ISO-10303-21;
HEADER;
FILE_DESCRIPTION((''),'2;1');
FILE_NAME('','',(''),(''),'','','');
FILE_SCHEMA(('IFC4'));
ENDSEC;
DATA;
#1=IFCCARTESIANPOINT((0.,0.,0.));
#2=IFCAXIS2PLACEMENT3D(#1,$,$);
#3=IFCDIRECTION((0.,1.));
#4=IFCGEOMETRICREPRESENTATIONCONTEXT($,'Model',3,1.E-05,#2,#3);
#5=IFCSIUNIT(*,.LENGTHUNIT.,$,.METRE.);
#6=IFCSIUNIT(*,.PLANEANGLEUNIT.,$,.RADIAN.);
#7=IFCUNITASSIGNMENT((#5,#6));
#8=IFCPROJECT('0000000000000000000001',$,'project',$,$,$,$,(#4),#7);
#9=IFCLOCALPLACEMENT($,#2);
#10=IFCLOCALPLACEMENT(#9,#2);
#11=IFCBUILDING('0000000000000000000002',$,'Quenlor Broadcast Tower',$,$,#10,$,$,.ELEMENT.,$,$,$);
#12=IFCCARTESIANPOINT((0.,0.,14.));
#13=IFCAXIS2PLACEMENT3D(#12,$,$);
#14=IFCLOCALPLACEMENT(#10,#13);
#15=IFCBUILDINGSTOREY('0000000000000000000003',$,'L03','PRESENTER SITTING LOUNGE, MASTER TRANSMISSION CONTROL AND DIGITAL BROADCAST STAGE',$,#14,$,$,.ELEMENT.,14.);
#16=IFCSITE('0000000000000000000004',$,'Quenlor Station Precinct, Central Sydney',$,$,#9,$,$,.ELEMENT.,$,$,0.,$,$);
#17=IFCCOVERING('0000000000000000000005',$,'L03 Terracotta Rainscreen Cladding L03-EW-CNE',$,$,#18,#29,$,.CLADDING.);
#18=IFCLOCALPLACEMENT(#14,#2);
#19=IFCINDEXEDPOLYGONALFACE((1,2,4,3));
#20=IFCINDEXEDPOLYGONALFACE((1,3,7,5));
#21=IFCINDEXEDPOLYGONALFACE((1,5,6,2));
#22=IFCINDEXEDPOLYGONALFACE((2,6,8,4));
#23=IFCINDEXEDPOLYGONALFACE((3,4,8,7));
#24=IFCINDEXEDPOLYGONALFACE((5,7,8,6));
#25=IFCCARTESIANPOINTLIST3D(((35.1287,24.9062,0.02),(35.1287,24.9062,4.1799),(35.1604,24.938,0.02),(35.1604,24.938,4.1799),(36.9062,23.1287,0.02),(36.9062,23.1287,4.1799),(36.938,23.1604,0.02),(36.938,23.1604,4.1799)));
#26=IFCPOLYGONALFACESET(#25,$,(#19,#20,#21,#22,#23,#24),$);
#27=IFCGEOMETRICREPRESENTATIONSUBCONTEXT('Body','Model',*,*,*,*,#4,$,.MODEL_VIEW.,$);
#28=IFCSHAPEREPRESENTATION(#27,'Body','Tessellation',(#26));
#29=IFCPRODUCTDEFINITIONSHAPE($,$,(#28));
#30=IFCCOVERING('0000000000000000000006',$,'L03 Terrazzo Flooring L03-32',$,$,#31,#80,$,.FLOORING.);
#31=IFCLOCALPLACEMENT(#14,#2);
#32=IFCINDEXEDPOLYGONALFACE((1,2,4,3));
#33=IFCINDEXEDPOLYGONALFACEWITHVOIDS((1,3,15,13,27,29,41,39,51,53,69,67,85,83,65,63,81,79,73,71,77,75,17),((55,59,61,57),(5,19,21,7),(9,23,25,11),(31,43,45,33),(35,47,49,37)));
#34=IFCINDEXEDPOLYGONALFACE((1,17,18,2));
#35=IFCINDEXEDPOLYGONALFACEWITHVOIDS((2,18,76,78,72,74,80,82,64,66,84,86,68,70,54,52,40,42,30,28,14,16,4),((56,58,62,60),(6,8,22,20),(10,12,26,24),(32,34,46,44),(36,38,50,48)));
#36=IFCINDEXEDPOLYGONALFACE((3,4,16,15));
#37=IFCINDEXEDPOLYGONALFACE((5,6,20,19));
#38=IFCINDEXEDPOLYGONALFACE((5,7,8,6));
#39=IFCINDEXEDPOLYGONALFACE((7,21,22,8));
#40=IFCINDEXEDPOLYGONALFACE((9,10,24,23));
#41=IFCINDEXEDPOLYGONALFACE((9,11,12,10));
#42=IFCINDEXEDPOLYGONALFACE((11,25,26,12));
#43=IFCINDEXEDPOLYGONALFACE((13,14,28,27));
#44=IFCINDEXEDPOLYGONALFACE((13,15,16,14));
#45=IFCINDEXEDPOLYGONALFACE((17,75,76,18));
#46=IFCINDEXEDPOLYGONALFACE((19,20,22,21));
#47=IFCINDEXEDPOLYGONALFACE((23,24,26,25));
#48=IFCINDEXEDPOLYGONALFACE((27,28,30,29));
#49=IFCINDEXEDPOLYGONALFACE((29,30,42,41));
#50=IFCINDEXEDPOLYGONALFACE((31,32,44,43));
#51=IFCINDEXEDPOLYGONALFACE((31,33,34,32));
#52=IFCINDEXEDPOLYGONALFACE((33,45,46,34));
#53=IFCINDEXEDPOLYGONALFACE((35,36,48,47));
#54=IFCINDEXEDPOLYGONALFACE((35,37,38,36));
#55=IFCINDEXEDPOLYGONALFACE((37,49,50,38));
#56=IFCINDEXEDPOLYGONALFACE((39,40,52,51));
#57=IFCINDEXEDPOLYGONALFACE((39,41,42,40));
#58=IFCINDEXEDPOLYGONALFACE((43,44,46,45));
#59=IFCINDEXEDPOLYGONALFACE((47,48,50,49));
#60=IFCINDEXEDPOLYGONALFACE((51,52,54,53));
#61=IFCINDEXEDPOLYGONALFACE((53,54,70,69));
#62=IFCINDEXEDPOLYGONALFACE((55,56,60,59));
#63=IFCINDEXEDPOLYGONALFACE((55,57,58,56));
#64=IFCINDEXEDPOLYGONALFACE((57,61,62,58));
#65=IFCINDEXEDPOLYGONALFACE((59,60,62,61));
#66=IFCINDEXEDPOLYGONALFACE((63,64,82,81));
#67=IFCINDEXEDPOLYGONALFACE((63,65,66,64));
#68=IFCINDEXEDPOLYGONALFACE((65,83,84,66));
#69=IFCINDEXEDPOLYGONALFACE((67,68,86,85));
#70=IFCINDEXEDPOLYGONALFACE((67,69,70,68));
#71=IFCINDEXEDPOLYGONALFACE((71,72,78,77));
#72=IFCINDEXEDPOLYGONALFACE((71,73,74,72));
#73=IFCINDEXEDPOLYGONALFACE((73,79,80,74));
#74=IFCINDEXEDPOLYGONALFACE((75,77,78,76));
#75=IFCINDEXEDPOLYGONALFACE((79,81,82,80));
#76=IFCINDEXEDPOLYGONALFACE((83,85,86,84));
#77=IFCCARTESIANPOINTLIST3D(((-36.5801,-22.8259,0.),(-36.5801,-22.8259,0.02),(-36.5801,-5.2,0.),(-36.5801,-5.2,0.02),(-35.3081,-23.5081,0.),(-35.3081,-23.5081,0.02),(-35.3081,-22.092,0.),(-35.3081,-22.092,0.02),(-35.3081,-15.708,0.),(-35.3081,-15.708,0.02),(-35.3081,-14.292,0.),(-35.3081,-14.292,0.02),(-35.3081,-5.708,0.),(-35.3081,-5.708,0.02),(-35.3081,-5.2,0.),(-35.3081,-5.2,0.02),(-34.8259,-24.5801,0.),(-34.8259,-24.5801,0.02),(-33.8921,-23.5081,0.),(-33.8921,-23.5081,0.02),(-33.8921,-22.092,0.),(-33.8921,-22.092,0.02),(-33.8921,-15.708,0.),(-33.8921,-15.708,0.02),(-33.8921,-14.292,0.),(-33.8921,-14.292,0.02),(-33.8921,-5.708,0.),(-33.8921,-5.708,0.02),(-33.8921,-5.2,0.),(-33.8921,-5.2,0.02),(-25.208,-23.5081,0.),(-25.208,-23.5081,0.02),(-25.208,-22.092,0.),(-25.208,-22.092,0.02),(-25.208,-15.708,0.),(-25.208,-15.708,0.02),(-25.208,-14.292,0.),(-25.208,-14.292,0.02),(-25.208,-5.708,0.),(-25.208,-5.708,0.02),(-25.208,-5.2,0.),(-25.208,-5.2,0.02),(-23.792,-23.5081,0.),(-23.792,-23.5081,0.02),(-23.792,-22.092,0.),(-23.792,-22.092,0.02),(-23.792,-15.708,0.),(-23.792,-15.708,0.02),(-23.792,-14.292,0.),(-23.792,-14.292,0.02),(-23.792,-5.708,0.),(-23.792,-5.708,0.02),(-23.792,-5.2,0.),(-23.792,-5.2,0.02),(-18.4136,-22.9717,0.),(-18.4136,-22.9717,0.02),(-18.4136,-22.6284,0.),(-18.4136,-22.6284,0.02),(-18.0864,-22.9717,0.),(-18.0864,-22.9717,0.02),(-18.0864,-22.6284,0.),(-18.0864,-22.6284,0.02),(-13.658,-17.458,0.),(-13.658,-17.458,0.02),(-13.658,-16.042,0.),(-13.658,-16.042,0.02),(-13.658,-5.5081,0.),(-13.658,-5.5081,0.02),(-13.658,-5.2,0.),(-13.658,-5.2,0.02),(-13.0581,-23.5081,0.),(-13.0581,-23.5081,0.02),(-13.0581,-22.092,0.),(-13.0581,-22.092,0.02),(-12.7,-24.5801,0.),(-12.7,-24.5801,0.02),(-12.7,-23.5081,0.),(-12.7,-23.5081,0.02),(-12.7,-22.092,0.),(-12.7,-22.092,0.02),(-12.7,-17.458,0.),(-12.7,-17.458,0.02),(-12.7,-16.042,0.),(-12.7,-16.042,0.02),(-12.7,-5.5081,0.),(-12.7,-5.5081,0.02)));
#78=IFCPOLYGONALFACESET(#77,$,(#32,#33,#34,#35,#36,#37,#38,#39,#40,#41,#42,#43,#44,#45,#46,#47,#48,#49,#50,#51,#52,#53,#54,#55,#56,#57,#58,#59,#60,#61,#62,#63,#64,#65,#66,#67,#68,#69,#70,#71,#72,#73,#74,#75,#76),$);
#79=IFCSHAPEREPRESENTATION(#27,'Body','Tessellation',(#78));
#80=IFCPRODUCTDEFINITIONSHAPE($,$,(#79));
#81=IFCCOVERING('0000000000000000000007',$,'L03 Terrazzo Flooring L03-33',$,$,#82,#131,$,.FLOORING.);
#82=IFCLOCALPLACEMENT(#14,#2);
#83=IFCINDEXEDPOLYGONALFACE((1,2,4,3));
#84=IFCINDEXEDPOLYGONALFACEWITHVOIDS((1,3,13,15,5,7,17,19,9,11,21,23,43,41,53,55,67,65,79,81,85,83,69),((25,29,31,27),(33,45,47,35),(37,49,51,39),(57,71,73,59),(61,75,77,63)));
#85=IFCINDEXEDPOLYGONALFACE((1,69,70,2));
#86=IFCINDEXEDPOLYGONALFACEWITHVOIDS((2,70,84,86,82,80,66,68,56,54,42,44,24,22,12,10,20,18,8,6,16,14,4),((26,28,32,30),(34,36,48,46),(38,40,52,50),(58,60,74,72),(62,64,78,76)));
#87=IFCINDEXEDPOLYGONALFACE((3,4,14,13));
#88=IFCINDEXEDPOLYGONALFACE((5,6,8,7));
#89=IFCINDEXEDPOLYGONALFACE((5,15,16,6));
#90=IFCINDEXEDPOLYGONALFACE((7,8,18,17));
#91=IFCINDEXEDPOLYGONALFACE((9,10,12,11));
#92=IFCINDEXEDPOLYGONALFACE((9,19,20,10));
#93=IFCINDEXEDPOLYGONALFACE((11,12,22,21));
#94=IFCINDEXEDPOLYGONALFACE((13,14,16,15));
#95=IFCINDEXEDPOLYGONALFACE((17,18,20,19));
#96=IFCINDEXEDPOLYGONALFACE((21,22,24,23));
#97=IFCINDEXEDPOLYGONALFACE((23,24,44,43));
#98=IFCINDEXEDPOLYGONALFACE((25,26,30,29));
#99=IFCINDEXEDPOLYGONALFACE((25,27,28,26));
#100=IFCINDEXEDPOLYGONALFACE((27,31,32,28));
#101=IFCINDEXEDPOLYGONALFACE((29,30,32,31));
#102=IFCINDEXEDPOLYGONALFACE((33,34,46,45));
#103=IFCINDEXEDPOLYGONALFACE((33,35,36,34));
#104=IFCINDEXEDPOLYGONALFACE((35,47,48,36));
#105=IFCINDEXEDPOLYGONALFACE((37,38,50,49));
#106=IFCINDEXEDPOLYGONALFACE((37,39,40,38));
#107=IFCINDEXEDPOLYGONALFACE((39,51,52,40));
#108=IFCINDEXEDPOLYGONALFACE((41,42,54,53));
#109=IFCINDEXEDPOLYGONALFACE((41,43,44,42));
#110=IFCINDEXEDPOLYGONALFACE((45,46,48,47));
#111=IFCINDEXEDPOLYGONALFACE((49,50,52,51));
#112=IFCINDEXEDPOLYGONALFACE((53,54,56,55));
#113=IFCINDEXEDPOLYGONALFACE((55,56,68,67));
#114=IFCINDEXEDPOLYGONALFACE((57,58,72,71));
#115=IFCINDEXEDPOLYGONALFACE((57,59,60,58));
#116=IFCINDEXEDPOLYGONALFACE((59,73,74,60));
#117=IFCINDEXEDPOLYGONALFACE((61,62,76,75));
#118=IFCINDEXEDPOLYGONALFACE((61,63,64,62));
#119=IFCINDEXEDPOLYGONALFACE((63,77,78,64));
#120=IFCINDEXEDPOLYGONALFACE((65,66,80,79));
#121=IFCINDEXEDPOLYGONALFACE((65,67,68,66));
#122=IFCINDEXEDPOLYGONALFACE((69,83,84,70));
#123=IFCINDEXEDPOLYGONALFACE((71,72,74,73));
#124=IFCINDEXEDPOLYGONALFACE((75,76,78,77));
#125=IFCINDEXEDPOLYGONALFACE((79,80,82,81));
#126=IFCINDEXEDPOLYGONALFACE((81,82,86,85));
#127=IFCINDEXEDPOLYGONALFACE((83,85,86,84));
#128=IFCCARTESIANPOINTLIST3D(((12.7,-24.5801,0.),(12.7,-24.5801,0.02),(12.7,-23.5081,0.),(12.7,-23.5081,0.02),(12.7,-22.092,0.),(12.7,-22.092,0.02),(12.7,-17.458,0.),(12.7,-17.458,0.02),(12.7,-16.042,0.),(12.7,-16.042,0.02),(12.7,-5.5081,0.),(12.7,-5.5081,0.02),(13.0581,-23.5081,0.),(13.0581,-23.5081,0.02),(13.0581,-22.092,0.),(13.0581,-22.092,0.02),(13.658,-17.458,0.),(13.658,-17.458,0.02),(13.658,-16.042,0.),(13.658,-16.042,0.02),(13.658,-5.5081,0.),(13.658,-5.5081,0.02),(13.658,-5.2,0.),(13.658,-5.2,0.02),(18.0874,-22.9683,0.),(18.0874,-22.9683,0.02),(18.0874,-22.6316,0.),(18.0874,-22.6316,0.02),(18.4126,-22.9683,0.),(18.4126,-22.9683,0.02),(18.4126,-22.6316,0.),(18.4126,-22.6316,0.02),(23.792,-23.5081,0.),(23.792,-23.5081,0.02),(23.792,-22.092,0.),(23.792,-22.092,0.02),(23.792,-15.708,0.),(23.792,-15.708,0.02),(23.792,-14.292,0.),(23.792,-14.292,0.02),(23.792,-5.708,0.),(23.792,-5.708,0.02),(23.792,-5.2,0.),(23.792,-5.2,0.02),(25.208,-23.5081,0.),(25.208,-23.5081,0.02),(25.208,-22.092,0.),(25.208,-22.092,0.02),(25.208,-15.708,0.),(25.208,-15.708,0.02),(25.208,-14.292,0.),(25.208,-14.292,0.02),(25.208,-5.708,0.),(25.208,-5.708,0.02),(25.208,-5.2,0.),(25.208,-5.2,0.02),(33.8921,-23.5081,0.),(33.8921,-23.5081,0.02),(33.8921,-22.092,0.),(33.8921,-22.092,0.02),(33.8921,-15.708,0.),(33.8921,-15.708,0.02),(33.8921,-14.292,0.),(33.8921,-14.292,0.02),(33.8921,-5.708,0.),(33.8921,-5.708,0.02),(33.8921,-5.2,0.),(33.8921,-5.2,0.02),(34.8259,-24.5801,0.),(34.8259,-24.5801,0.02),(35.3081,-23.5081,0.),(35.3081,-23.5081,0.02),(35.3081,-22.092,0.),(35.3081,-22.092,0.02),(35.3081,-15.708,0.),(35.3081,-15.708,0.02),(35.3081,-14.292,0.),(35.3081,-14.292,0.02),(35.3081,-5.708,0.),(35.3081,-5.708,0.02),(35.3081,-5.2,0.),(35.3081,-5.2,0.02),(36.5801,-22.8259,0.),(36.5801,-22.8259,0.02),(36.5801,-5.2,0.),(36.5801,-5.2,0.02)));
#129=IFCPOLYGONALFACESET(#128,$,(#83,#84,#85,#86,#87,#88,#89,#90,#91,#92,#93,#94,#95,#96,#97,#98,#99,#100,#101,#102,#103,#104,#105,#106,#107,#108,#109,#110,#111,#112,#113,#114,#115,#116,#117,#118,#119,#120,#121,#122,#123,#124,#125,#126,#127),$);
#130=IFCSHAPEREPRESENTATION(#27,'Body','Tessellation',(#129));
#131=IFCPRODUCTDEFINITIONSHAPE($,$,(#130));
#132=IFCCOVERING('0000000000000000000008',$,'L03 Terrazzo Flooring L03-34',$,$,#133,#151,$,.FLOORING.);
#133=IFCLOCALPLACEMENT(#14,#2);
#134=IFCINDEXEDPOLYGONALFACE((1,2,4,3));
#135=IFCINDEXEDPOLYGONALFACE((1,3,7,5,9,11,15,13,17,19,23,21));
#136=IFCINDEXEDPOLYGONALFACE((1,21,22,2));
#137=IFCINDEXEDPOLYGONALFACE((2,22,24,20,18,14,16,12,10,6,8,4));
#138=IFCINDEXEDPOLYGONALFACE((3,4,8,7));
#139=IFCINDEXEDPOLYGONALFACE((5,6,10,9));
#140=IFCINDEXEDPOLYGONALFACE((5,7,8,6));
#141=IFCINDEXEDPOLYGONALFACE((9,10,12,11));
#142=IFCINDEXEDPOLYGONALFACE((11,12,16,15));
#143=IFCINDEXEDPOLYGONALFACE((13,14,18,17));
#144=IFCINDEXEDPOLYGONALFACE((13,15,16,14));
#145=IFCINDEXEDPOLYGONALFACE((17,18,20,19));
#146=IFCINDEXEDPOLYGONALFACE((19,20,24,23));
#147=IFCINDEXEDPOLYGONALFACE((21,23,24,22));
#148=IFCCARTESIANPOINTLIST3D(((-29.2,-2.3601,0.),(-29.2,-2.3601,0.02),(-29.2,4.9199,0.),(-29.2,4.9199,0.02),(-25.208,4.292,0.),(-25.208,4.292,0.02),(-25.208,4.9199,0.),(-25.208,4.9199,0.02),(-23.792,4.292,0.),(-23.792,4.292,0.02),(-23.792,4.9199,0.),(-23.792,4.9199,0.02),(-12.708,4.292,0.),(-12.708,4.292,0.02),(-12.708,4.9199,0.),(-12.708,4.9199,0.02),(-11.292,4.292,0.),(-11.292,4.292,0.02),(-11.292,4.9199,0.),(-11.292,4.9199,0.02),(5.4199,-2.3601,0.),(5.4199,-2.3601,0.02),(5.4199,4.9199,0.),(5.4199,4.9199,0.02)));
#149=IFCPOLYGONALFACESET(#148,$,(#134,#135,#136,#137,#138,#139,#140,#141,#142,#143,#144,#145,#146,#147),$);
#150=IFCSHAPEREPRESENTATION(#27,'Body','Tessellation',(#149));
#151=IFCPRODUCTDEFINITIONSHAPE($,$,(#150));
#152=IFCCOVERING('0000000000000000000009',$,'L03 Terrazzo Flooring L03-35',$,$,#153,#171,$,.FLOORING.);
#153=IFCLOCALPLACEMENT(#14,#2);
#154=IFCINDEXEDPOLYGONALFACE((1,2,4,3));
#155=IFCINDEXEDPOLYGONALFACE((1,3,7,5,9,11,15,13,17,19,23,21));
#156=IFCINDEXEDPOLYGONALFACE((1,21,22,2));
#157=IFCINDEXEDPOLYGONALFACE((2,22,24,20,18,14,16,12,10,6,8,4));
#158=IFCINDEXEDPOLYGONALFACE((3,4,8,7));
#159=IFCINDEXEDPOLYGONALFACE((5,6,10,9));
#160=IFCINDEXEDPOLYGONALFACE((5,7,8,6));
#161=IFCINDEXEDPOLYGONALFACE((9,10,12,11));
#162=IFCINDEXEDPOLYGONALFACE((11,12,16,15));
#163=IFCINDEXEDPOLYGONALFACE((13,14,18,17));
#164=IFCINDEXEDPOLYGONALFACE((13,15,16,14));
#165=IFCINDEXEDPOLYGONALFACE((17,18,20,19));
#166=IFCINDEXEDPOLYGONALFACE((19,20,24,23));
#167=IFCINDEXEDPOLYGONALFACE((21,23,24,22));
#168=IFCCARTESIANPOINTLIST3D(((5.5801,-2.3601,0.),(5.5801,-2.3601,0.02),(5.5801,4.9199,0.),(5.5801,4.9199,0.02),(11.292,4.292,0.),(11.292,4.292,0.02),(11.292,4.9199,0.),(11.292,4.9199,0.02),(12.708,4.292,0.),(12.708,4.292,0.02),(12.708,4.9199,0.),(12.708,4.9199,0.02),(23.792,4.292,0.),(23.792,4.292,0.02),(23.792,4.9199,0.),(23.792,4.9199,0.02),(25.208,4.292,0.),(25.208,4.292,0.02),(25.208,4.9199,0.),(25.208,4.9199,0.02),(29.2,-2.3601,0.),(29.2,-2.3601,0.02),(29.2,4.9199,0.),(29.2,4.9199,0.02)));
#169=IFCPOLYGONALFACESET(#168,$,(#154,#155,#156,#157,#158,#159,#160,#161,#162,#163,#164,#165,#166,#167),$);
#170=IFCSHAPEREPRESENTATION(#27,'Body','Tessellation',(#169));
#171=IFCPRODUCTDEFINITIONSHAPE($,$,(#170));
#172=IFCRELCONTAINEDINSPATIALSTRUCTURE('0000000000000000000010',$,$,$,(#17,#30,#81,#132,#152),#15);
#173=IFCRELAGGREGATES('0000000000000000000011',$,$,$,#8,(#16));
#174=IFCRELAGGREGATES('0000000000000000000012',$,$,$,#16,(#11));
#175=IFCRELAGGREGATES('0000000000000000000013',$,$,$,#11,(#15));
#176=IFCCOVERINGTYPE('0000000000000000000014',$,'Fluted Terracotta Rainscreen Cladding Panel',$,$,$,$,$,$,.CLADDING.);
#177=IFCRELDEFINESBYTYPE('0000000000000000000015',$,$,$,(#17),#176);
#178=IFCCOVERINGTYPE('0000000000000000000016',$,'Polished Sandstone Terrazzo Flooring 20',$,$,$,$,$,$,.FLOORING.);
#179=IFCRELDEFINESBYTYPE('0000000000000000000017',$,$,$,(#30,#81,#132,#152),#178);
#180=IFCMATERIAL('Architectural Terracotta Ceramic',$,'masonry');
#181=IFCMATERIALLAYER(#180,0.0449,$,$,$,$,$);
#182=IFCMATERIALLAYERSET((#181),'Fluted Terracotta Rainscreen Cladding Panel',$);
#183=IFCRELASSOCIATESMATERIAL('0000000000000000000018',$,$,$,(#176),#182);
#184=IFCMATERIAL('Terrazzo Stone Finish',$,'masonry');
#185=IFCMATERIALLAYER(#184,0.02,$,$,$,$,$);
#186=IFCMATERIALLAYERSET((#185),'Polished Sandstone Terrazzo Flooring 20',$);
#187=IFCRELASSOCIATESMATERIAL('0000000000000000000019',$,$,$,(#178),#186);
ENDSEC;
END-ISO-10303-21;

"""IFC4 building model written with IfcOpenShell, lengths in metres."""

from ifc_helpers import new_model, si_unit, direction, frame, origin, place, context, subcontext, project, spatial, polyline, outline, extrude, material, layer, layer_set, type_object, element, save


model = new_model("IFC4")

# Units and contexts
model_context = context("Model", 3, precision=1e-05, world=origin(), true_north=direction((0.0, 1.0)))
body_context = subcontext(model_context, "Body", "Model", "MODEL_VIEW")
ifc_project = project(units=[si_unit("LENGTHUNIT", "METRE"), si_unit("PLANEANGLEUNIT", "RADIAN")], contexts=[model_context])

# Site, building, storey
site_placement = place(None, origin())
site = spatial("IfcSite", under=ifc_project, at=site_placement, Name="Quenlor Station Precinct, Central Sydney", CompositionType="ELEMENT", RefElevation=0.0)
building_placement = place(site_placement, origin())
building = spatial("IfcBuilding", under=site, at=building_placement, Name="Quenlor Broadcast Tower", CompositionType="ELEMENT")
storey_placement = place(building_placement, frame((0.0, 0.0, 14.0)))
storey = spatial("IfcBuildingStorey", under=building, at=storey_placement, Name="L03", Description="PRESENTER SITTING LOUNGE, MASTER TRANSMISSION CONTROL AND DIGITAL BROADCAST STAGE", CompositionType="ELEMENT", Elevation=14.0)

# Coverings
ifc_material_1 = material(Name="Architectural Terracotta Ceramic", Category="masonry")
ifc_layer_1 = layer(ifc_material_1, 0.0449)
ifc_layer_set_1 = layer_set([ifc_layer_1], Name="Fluted Terracotta Rainscreen Cladding Panel")
covering_type_1 = type_object("IfcCoveringType", Name="Fluted Terracotta Rainscreen Cladding Panel", PredefinedType="CLADDING", material=ifc_layer_set_1)
covering_1_placement = place(storey_placement, frame((0.0, 0.0, 0.02)))
element("IfcCovering", 1, at=covering_1_placement, inside=storey, type_object=covering_type_1, Name="L03 Terracotta Rainscreen Cladding L03-EW-CNE", PredefinedType="CLADDING", context=body_context, shape_type="SweptSolid", body=[
    extrude(outline(polyline([(35.1287, 24.9062), (36.9062, 23.1287), (36.938, 23.1604), (35.1604, 24.938), (35.1287, 24.9062)])), origin(), (0.0, 0.0, 1.0), 4.1599),
])
ifc_material_2 = material(Name="Terrazzo Stone Finish", Category="masonry")
ifc_layer_2 = layer(ifc_material_2, 0.02)
ifc_layer_set_2 = layer_set([ifc_layer_2], Name="Polished Sandstone Terrazzo Flooring 20")
covering_type_2 = type_object("IfcCoveringType", Name="Polished Sandstone Terrazzo Flooring 20", PredefinedType="FLOORING", material=ifc_layer_set_2)
covering_2_placement = place(storey_placement, origin())
element("IfcCovering", 2, at=covering_2_placement, inside=storey, type_object=covering_type_2, Name="L03 Terrazzo Flooring L03-32", PredefinedType="FLOORING", context=body_context, shape_type="SweptSolid", body=[
    extrude(outline(polyline([(-36.5801, -5.2), (-35.3081, -5.2), (-35.3081, -5.708), (-33.8921, -5.708), (-33.8921, -5.2), (-25.208, -5.2), (-25.208, -5.708), (-23.792, -5.708), (-23.792, -5.2), (-13.658, -5.2), (-13.658, -5.5081), (-12.7, -5.5081), (-12.7, -16.042), (-13.658, -16.042), (-13.658, -17.458), (-12.7, -17.458), (-12.7, -22.092), (-13.0581, -22.092), (-13.0581, -23.5081), (-12.7, -23.5081), (-12.7, -24.5801), (-34.8259, -24.5801), (-36.5801, -22.8259), (-36.5801, -5.2)]), holes=[polyline([(-23.792, -22.092), (-25.208, -22.092), (-25.208, -23.5081), (-23.792, -23.5081), (-23.792, -22.092)]), polyline([(-18.0864, -22.9717), (-18.0864, -22.6284), (-18.4136, -22.6284), (-18.4136, -22.9717), (-18.0864, -22.9717)]), polyline([(-33.8921, -22.092), (-35.3081, -22.092), (-35.3081, -23.5081), (-33.8921, -23.5081), (-33.8921, -22.092)]), polyline([(-33.8921, -15.708), (-33.8921, -14.292), (-35.3081, -14.292), (-35.3081, -15.708), (-33.8921, -15.708)]), polyline([(-23.792, -14.292), (-25.208, -14.292), (-25.208, -15.708), (-23.792, -15.708), (-23.792, -14.292)])]), origin(), (0.0, 0.0, 1.0), 0.02),
])
covering_3_placement = place(storey_placement, origin())
element("IfcCovering", 3, at=covering_3_placement, inside=storey, type_object=covering_type_2, Name="L03 Terrazzo Flooring L03-33", PredefinedType="FLOORING", context=body_context, shape_type="SweptSolid", body=[
    extrude(outline(polyline([(12.7, -24.5801), (12.7, -23.5081), (13.0581, -23.5081), (13.0581, -22.092), (12.7, -22.092), (12.7, -17.458), (13.658, -17.458), (13.658, -16.042), (12.7, -16.042), (12.7, -5.5081), (13.658, -5.5081), (13.658, -5.2), (23.792, -5.2), (23.792, -5.708), (25.208, -5.708), (25.208, -5.2), (33.8921, -5.2), (33.8921, -5.708), (35.3081, -5.708), (35.3081, -5.2), (36.5801, -5.2), (36.5801, -22.8259), (34.8259, -24.5801), (12.7, -24.5801)]), holes=[polyline([(35.3081, -23.5081), (35.3081, -22.092), (33.8921, -22.092), (33.8921, -23.5081), (35.3081, -23.5081)]), polyline([(18.4126, -22.9683), (18.4126, -22.6316), (18.0874, -22.6316), (18.0874, -22.9683), (18.4126, -22.9683)]), polyline([(25.208, -23.5081), (25.208, -22.092), (23.792, -22.092), (23.792, -23.5081), (25.208, -23.5081)]), polyline([(35.3081, -15.708), (35.3081, -14.292), (33.8921, -14.292), (33.8921, -15.708), (35.3081, -15.708)]), polyline([(25.208, -15.708), (25.208, -14.292), (23.792, -14.292), (23.792, -15.708), (25.208, -15.708)])]), origin(), (0.0, 0.0, 1.0), 0.02),
])
covering_4_placement = place(storey_placement, origin())
element("IfcCovering", 4, at=covering_4_placement, inside=storey, type_object=covering_type_2, Name="L03 Terrazzo Flooring L03-34", PredefinedType="FLOORING", context=body_context, shape_type="SweptSolid", body=[
    extrude(outline(polyline([(-25.208, 4.292), (-23.792, 4.292), (-23.792, 4.9199), (-12.708, 4.9199), (-12.708, 4.292), (-11.292, 4.292), (-11.292, 4.9199), (5.4199, 4.9199), (5.4199, -2.3601), (-29.2, -2.3601), (-29.2, 4.9199), (-25.208, 4.9199), (-25.208, 4.292)])), origin(), (0.0, 0.0, 1.0), 0.02),
])
covering_5_placement = place(storey_placement, origin())
element("IfcCovering", 5, at=covering_5_placement, inside=storey, type_object=covering_type_2, Name="L03 Terrazzo Flooring L03-35", PredefinedType="FLOORING", context=body_context, shape_type="SweptSolid", body=[
    extrude(outline(polyline([(11.292, 4.292), (12.708, 4.292), (12.708, 4.9199), (23.792, 4.9199), (23.792, 4.292), (25.208, 4.292), (25.208, 4.9199), (29.2, 4.9199), (29.2, -2.3601), (5.5801, -2.3601), (5.5801, 4.9199), (11.292, 4.9199), (11.292, 4.292)])), origin(), (0.0, 0.0, 1.0), 0.02),
])

save(model, "model.ifc")
